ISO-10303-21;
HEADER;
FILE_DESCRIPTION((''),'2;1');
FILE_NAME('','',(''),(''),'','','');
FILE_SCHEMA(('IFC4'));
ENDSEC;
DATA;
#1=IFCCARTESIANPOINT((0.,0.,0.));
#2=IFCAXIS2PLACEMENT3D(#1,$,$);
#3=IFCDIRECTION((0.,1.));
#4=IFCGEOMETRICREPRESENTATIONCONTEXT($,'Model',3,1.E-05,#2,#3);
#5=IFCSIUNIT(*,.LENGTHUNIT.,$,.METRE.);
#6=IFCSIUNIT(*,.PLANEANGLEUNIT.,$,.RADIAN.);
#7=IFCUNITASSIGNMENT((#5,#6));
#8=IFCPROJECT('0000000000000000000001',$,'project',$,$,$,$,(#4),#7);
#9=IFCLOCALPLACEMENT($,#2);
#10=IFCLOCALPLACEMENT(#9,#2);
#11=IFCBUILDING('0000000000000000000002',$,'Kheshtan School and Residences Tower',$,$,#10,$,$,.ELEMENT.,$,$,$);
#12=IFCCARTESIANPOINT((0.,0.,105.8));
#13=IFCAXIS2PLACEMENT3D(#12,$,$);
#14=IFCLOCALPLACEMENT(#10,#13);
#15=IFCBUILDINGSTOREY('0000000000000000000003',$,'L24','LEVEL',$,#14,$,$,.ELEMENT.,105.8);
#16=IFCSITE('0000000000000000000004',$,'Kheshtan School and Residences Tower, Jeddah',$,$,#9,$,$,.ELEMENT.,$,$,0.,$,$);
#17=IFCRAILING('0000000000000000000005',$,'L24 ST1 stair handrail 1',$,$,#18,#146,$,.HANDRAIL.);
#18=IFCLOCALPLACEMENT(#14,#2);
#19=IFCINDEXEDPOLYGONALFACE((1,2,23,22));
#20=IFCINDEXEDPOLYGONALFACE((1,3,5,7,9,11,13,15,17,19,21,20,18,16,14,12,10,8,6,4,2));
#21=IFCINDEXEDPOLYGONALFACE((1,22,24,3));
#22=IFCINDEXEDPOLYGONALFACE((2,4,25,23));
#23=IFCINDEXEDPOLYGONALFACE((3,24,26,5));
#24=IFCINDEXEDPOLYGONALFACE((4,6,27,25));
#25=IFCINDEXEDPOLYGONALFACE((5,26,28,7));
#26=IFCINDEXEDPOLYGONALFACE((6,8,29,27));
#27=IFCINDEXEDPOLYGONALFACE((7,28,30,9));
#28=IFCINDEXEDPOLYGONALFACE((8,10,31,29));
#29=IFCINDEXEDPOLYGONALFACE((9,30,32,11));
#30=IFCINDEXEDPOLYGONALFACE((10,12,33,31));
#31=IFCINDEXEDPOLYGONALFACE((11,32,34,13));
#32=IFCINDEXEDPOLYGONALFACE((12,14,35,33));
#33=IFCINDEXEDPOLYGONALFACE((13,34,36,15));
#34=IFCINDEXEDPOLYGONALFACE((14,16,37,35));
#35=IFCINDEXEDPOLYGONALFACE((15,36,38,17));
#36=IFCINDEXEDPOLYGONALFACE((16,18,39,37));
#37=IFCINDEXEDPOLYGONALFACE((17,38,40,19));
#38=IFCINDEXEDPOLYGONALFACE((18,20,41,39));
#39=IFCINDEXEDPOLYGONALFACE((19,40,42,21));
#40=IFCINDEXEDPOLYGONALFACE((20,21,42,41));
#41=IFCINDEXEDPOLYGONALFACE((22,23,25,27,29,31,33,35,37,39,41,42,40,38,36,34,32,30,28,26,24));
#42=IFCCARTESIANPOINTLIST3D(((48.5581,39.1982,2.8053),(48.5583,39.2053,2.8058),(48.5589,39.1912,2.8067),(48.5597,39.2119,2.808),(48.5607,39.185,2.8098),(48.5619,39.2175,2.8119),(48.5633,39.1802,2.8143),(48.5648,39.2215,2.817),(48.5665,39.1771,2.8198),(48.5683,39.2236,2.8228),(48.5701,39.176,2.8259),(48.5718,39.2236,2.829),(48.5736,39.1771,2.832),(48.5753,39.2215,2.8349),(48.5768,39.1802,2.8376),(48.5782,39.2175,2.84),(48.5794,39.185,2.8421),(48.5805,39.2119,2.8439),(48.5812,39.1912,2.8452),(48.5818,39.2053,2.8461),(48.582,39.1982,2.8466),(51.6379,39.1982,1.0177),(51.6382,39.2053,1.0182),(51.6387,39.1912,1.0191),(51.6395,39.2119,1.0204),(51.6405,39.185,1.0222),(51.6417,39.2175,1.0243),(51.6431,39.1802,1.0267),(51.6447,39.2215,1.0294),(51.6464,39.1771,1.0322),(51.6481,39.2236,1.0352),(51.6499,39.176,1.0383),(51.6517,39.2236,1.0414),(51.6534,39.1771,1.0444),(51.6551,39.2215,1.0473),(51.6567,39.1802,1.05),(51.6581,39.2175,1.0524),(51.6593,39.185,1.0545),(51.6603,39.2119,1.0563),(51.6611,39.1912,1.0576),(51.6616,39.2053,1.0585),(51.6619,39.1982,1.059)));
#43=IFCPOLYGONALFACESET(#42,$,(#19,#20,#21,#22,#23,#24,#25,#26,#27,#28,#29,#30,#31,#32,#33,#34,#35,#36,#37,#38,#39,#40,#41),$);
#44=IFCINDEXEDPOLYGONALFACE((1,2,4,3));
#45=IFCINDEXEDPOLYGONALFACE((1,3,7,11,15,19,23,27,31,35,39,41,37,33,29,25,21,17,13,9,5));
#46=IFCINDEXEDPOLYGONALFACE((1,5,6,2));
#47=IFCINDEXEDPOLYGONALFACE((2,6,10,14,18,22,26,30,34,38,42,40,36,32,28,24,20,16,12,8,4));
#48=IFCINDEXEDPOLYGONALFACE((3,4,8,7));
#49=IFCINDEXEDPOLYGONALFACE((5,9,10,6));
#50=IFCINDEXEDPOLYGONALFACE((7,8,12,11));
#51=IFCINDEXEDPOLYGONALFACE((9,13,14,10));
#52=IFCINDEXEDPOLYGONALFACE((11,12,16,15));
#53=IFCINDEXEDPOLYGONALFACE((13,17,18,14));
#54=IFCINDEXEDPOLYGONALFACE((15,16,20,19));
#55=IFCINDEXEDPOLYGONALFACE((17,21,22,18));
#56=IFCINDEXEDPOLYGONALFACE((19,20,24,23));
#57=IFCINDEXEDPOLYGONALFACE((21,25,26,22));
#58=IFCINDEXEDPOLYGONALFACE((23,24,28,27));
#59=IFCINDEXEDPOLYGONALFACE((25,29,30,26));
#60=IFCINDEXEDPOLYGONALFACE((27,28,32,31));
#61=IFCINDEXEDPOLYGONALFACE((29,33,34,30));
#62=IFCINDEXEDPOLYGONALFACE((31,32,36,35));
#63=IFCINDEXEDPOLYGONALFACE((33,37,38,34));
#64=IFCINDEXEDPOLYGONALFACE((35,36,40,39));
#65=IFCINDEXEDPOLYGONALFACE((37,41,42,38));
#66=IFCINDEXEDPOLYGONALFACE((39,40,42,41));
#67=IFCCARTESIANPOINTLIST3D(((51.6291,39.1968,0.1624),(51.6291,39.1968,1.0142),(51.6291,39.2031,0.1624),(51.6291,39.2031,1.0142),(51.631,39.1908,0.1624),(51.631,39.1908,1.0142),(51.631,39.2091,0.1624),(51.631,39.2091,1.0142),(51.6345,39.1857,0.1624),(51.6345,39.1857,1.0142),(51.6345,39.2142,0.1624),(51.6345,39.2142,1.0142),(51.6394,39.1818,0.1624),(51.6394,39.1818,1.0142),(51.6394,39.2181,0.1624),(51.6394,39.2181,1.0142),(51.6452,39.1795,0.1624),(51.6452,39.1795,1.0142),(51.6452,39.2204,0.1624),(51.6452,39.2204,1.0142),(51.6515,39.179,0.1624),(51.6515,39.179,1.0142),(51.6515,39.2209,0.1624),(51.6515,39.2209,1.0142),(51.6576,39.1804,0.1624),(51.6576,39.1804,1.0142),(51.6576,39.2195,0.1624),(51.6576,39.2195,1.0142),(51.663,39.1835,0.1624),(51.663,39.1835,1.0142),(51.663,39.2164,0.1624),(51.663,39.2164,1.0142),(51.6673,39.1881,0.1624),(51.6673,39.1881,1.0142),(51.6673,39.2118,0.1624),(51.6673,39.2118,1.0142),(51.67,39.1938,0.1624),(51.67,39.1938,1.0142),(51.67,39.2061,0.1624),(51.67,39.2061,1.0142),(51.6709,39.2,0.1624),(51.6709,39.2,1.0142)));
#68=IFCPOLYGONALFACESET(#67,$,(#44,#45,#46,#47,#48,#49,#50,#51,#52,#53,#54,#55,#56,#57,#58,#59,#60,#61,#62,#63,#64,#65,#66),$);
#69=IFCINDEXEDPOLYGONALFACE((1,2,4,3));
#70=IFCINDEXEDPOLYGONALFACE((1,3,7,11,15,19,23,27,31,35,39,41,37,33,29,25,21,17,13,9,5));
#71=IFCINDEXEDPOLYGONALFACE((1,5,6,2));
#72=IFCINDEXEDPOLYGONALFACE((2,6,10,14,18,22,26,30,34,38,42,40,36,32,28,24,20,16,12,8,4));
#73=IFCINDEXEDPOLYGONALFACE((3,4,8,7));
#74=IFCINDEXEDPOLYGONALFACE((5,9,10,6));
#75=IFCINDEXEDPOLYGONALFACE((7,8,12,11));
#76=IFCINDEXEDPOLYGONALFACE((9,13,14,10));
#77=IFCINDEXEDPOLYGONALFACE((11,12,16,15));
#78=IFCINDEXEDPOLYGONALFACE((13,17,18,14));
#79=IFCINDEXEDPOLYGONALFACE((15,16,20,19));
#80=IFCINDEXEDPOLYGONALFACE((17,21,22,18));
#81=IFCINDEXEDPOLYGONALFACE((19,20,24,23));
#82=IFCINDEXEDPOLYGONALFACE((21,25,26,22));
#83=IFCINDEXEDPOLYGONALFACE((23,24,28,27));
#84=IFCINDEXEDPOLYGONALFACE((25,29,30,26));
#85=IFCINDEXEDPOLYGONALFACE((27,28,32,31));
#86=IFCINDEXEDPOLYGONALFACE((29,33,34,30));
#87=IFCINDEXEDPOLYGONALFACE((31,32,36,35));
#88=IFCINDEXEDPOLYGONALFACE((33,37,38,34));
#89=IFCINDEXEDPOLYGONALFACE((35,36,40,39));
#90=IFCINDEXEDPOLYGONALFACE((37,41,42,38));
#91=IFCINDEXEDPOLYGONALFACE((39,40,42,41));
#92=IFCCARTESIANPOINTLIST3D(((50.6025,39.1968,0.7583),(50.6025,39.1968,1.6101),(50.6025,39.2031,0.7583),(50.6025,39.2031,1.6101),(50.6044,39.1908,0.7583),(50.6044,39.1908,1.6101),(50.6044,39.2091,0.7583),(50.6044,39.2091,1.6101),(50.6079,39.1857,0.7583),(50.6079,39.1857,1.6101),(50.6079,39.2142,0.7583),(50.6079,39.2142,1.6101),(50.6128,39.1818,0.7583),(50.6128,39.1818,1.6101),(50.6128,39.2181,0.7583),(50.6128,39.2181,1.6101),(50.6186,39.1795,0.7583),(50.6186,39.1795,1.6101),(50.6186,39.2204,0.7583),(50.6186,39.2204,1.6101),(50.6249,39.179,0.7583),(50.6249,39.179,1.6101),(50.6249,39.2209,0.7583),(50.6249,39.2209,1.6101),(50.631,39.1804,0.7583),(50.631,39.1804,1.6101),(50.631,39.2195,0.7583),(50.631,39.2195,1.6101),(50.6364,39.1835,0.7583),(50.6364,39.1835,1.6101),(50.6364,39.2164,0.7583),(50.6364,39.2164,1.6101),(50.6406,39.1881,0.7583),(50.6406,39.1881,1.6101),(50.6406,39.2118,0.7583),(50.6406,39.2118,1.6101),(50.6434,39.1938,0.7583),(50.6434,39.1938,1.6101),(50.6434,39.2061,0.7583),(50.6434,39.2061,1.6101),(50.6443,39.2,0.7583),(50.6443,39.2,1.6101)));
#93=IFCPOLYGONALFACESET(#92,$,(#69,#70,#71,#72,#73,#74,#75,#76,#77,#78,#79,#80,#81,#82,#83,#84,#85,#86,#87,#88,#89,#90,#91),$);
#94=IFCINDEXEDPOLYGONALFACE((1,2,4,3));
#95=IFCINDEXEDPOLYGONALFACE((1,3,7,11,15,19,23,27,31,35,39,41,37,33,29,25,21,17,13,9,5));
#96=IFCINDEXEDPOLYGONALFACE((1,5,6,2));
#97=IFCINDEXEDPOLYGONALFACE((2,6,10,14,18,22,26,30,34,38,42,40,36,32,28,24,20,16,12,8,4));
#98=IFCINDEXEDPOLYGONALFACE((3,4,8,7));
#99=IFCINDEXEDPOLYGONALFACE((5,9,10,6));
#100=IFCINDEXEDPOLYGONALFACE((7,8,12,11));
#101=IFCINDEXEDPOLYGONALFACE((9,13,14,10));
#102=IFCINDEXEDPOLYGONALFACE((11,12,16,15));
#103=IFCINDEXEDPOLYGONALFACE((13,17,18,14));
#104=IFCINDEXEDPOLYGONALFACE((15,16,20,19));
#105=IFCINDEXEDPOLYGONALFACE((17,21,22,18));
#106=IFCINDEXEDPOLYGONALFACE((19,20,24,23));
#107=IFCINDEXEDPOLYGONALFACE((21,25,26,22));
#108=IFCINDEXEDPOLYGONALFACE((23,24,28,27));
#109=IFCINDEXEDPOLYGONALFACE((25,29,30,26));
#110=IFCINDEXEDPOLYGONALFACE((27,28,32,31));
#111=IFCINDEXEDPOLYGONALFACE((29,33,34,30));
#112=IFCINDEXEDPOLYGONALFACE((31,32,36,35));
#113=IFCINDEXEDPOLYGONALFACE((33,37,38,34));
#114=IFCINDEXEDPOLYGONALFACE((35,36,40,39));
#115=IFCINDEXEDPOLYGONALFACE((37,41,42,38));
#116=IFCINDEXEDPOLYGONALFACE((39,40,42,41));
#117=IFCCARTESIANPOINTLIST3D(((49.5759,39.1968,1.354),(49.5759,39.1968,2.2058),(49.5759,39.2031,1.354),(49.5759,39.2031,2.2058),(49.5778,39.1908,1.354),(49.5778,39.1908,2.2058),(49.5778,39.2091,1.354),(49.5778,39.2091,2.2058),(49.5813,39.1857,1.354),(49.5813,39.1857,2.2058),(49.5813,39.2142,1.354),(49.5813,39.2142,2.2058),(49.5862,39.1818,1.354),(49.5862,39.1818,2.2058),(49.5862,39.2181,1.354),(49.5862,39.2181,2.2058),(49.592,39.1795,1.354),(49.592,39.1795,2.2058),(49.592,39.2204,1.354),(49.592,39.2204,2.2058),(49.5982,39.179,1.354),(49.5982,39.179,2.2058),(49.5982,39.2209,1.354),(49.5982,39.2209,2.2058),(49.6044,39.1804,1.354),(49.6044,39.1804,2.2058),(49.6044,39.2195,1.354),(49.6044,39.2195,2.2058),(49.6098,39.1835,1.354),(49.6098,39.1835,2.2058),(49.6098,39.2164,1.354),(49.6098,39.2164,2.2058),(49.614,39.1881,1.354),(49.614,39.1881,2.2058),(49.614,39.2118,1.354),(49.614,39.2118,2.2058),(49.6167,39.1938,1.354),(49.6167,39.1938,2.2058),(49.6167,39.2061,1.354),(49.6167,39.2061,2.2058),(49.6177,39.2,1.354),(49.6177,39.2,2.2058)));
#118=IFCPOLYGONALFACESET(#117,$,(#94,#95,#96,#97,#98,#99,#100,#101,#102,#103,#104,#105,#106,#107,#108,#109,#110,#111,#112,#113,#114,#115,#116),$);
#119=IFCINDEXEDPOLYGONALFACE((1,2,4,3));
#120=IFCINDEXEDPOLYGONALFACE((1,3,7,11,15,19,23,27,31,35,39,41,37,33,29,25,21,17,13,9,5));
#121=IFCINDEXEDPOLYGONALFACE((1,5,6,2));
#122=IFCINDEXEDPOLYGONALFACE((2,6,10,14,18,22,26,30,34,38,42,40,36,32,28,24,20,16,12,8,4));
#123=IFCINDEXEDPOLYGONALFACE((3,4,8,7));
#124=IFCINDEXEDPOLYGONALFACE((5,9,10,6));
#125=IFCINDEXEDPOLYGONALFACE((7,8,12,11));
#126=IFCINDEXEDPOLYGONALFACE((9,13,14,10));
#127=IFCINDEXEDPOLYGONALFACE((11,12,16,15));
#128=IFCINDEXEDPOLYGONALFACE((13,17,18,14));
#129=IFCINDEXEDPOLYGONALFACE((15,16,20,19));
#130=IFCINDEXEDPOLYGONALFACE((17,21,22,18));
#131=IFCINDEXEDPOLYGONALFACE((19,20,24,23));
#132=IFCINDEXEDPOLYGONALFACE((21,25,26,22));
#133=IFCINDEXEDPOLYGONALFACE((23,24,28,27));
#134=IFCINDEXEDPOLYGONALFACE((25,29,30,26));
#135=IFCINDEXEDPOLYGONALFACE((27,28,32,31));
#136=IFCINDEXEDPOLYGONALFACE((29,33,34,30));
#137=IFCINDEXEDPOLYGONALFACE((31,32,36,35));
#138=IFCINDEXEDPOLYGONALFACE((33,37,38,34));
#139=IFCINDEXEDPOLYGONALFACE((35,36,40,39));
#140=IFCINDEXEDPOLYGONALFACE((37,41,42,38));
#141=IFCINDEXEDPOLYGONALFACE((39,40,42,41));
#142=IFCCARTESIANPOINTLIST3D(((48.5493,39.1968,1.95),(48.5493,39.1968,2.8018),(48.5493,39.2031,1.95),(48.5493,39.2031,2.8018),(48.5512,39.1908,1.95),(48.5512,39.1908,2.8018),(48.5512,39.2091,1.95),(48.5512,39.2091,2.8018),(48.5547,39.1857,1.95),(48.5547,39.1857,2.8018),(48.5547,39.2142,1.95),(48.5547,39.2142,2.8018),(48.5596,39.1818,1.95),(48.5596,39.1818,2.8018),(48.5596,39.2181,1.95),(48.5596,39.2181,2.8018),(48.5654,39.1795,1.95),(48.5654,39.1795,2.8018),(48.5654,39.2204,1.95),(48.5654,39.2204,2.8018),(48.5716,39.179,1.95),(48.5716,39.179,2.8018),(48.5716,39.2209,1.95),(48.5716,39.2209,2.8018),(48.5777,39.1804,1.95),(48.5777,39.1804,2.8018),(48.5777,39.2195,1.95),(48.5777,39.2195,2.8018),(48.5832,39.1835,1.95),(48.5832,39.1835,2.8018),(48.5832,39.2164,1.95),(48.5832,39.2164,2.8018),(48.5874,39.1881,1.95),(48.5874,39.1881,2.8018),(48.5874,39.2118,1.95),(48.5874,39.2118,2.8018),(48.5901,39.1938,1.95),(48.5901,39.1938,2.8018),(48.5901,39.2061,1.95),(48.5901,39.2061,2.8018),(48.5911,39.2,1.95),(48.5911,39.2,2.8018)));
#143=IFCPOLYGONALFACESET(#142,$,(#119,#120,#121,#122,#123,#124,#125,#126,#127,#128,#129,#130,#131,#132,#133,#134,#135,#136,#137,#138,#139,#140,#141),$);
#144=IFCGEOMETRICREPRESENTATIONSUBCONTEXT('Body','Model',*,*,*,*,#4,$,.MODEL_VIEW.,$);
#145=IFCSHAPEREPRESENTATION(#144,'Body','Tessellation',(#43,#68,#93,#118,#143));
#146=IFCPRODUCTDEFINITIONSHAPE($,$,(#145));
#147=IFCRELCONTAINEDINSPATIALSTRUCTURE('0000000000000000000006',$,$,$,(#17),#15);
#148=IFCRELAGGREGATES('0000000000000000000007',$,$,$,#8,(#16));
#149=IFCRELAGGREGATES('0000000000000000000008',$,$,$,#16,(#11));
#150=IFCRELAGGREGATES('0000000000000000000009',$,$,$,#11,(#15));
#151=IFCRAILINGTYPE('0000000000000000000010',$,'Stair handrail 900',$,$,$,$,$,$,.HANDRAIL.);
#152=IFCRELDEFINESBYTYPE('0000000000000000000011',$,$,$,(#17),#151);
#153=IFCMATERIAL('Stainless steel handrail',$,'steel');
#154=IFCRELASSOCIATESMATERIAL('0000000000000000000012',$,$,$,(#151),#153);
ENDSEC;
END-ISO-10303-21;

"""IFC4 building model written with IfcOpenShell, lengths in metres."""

from ifc_helpers import new_model, si_unit, direction, frame, origin, origin_2d, place, context, subcontext, project, spatial, circle, extrude, material, type_object, element, save


model = new_model("IFC4")

# Units and contexts
model_context = context("Model", 3, precision=1e-05, world=origin(), true_north=direction((0.0, 1.0)))
body_context = subcontext(model_context, "Body", "Model", "MODEL_VIEW")
ifc_project = project(units=[si_unit("LENGTHUNIT", "METRE"), si_unit("PLANEANGLEUNIT", "RADIAN")], contexts=[model_context])

# Site, building, storey
site_placement = place(None, origin())
site = spatial("IfcSite", under=ifc_project, at=site_placement, Name="Kheshtan School and Residences Tower, Jeddah", CompositionType="ELEMENT", RefElevation=0.0)
building_placement = place(site_placement, origin())
building = spatial("IfcBuilding", under=site, at=building_placement, Name="Kheshtan School and Residences Tower", CompositionType="ELEMENT")
storey_placement = place(building_placement, frame((0.0, 0.0, 105.8)))
storey = spatial("IfcBuildingStorey", under=building, at=storey_placement, Name="L24", Description="LEVEL", CompositionType="ELEMENT", Elevation=105.8)

# Railing
ifc_material_1 = material(Name="Stainless steel handrail", Category="steel")
railing_type_1 = type_object("IfcRailingType", Name="Stair handrail 900", PredefinedType="HANDRAIL", material=ifc_material_1)
railing_1_placement = place(storey_placement, frame((51.6499, 39.2, 0.1624)))
element("IfcRailing", 1, at=railing_1_placement, inside=storey, type_object=railing_type_1, Name="L24 ST1 stair handrail 1", PredefinedType="HANDRAIL", context=body_context, shape_type="SweptSolid", body=[
    extrude(circle(Radius=0.0239, at=origin_2d()), frame((0.0, 0.0, 0.876), z_axis=(-0.864873, 0.0, 0.50199), x_axis=(0.0, -1.0, 0.0)), (0.0, 0.0, 1.0), 3.561),
    extrude(circle(Radius=0.021, at=origin_2d()), origin(), (0.0, 0.0, 1.0), 0.8518),
    extrude(circle(Radius=0.021, at=origin_2d()), frame((-1.0266, 0.0, 0.5959)), (0.0, 0.0, 1.0), 0.8518),
    extrude(circle(Radius=0.021, at=origin_2d()), frame((-2.0532, 0.0, 1.1917)), (0.0, 0.0, 1.0), 0.8518),
    extrude(circle(Radius=0.021, at=origin_2d()), frame((-3.0798, 0.0, 1.7876)), (0.0, 0.0, 1.0), 0.8518),
])

save(model, "model.ifc")
